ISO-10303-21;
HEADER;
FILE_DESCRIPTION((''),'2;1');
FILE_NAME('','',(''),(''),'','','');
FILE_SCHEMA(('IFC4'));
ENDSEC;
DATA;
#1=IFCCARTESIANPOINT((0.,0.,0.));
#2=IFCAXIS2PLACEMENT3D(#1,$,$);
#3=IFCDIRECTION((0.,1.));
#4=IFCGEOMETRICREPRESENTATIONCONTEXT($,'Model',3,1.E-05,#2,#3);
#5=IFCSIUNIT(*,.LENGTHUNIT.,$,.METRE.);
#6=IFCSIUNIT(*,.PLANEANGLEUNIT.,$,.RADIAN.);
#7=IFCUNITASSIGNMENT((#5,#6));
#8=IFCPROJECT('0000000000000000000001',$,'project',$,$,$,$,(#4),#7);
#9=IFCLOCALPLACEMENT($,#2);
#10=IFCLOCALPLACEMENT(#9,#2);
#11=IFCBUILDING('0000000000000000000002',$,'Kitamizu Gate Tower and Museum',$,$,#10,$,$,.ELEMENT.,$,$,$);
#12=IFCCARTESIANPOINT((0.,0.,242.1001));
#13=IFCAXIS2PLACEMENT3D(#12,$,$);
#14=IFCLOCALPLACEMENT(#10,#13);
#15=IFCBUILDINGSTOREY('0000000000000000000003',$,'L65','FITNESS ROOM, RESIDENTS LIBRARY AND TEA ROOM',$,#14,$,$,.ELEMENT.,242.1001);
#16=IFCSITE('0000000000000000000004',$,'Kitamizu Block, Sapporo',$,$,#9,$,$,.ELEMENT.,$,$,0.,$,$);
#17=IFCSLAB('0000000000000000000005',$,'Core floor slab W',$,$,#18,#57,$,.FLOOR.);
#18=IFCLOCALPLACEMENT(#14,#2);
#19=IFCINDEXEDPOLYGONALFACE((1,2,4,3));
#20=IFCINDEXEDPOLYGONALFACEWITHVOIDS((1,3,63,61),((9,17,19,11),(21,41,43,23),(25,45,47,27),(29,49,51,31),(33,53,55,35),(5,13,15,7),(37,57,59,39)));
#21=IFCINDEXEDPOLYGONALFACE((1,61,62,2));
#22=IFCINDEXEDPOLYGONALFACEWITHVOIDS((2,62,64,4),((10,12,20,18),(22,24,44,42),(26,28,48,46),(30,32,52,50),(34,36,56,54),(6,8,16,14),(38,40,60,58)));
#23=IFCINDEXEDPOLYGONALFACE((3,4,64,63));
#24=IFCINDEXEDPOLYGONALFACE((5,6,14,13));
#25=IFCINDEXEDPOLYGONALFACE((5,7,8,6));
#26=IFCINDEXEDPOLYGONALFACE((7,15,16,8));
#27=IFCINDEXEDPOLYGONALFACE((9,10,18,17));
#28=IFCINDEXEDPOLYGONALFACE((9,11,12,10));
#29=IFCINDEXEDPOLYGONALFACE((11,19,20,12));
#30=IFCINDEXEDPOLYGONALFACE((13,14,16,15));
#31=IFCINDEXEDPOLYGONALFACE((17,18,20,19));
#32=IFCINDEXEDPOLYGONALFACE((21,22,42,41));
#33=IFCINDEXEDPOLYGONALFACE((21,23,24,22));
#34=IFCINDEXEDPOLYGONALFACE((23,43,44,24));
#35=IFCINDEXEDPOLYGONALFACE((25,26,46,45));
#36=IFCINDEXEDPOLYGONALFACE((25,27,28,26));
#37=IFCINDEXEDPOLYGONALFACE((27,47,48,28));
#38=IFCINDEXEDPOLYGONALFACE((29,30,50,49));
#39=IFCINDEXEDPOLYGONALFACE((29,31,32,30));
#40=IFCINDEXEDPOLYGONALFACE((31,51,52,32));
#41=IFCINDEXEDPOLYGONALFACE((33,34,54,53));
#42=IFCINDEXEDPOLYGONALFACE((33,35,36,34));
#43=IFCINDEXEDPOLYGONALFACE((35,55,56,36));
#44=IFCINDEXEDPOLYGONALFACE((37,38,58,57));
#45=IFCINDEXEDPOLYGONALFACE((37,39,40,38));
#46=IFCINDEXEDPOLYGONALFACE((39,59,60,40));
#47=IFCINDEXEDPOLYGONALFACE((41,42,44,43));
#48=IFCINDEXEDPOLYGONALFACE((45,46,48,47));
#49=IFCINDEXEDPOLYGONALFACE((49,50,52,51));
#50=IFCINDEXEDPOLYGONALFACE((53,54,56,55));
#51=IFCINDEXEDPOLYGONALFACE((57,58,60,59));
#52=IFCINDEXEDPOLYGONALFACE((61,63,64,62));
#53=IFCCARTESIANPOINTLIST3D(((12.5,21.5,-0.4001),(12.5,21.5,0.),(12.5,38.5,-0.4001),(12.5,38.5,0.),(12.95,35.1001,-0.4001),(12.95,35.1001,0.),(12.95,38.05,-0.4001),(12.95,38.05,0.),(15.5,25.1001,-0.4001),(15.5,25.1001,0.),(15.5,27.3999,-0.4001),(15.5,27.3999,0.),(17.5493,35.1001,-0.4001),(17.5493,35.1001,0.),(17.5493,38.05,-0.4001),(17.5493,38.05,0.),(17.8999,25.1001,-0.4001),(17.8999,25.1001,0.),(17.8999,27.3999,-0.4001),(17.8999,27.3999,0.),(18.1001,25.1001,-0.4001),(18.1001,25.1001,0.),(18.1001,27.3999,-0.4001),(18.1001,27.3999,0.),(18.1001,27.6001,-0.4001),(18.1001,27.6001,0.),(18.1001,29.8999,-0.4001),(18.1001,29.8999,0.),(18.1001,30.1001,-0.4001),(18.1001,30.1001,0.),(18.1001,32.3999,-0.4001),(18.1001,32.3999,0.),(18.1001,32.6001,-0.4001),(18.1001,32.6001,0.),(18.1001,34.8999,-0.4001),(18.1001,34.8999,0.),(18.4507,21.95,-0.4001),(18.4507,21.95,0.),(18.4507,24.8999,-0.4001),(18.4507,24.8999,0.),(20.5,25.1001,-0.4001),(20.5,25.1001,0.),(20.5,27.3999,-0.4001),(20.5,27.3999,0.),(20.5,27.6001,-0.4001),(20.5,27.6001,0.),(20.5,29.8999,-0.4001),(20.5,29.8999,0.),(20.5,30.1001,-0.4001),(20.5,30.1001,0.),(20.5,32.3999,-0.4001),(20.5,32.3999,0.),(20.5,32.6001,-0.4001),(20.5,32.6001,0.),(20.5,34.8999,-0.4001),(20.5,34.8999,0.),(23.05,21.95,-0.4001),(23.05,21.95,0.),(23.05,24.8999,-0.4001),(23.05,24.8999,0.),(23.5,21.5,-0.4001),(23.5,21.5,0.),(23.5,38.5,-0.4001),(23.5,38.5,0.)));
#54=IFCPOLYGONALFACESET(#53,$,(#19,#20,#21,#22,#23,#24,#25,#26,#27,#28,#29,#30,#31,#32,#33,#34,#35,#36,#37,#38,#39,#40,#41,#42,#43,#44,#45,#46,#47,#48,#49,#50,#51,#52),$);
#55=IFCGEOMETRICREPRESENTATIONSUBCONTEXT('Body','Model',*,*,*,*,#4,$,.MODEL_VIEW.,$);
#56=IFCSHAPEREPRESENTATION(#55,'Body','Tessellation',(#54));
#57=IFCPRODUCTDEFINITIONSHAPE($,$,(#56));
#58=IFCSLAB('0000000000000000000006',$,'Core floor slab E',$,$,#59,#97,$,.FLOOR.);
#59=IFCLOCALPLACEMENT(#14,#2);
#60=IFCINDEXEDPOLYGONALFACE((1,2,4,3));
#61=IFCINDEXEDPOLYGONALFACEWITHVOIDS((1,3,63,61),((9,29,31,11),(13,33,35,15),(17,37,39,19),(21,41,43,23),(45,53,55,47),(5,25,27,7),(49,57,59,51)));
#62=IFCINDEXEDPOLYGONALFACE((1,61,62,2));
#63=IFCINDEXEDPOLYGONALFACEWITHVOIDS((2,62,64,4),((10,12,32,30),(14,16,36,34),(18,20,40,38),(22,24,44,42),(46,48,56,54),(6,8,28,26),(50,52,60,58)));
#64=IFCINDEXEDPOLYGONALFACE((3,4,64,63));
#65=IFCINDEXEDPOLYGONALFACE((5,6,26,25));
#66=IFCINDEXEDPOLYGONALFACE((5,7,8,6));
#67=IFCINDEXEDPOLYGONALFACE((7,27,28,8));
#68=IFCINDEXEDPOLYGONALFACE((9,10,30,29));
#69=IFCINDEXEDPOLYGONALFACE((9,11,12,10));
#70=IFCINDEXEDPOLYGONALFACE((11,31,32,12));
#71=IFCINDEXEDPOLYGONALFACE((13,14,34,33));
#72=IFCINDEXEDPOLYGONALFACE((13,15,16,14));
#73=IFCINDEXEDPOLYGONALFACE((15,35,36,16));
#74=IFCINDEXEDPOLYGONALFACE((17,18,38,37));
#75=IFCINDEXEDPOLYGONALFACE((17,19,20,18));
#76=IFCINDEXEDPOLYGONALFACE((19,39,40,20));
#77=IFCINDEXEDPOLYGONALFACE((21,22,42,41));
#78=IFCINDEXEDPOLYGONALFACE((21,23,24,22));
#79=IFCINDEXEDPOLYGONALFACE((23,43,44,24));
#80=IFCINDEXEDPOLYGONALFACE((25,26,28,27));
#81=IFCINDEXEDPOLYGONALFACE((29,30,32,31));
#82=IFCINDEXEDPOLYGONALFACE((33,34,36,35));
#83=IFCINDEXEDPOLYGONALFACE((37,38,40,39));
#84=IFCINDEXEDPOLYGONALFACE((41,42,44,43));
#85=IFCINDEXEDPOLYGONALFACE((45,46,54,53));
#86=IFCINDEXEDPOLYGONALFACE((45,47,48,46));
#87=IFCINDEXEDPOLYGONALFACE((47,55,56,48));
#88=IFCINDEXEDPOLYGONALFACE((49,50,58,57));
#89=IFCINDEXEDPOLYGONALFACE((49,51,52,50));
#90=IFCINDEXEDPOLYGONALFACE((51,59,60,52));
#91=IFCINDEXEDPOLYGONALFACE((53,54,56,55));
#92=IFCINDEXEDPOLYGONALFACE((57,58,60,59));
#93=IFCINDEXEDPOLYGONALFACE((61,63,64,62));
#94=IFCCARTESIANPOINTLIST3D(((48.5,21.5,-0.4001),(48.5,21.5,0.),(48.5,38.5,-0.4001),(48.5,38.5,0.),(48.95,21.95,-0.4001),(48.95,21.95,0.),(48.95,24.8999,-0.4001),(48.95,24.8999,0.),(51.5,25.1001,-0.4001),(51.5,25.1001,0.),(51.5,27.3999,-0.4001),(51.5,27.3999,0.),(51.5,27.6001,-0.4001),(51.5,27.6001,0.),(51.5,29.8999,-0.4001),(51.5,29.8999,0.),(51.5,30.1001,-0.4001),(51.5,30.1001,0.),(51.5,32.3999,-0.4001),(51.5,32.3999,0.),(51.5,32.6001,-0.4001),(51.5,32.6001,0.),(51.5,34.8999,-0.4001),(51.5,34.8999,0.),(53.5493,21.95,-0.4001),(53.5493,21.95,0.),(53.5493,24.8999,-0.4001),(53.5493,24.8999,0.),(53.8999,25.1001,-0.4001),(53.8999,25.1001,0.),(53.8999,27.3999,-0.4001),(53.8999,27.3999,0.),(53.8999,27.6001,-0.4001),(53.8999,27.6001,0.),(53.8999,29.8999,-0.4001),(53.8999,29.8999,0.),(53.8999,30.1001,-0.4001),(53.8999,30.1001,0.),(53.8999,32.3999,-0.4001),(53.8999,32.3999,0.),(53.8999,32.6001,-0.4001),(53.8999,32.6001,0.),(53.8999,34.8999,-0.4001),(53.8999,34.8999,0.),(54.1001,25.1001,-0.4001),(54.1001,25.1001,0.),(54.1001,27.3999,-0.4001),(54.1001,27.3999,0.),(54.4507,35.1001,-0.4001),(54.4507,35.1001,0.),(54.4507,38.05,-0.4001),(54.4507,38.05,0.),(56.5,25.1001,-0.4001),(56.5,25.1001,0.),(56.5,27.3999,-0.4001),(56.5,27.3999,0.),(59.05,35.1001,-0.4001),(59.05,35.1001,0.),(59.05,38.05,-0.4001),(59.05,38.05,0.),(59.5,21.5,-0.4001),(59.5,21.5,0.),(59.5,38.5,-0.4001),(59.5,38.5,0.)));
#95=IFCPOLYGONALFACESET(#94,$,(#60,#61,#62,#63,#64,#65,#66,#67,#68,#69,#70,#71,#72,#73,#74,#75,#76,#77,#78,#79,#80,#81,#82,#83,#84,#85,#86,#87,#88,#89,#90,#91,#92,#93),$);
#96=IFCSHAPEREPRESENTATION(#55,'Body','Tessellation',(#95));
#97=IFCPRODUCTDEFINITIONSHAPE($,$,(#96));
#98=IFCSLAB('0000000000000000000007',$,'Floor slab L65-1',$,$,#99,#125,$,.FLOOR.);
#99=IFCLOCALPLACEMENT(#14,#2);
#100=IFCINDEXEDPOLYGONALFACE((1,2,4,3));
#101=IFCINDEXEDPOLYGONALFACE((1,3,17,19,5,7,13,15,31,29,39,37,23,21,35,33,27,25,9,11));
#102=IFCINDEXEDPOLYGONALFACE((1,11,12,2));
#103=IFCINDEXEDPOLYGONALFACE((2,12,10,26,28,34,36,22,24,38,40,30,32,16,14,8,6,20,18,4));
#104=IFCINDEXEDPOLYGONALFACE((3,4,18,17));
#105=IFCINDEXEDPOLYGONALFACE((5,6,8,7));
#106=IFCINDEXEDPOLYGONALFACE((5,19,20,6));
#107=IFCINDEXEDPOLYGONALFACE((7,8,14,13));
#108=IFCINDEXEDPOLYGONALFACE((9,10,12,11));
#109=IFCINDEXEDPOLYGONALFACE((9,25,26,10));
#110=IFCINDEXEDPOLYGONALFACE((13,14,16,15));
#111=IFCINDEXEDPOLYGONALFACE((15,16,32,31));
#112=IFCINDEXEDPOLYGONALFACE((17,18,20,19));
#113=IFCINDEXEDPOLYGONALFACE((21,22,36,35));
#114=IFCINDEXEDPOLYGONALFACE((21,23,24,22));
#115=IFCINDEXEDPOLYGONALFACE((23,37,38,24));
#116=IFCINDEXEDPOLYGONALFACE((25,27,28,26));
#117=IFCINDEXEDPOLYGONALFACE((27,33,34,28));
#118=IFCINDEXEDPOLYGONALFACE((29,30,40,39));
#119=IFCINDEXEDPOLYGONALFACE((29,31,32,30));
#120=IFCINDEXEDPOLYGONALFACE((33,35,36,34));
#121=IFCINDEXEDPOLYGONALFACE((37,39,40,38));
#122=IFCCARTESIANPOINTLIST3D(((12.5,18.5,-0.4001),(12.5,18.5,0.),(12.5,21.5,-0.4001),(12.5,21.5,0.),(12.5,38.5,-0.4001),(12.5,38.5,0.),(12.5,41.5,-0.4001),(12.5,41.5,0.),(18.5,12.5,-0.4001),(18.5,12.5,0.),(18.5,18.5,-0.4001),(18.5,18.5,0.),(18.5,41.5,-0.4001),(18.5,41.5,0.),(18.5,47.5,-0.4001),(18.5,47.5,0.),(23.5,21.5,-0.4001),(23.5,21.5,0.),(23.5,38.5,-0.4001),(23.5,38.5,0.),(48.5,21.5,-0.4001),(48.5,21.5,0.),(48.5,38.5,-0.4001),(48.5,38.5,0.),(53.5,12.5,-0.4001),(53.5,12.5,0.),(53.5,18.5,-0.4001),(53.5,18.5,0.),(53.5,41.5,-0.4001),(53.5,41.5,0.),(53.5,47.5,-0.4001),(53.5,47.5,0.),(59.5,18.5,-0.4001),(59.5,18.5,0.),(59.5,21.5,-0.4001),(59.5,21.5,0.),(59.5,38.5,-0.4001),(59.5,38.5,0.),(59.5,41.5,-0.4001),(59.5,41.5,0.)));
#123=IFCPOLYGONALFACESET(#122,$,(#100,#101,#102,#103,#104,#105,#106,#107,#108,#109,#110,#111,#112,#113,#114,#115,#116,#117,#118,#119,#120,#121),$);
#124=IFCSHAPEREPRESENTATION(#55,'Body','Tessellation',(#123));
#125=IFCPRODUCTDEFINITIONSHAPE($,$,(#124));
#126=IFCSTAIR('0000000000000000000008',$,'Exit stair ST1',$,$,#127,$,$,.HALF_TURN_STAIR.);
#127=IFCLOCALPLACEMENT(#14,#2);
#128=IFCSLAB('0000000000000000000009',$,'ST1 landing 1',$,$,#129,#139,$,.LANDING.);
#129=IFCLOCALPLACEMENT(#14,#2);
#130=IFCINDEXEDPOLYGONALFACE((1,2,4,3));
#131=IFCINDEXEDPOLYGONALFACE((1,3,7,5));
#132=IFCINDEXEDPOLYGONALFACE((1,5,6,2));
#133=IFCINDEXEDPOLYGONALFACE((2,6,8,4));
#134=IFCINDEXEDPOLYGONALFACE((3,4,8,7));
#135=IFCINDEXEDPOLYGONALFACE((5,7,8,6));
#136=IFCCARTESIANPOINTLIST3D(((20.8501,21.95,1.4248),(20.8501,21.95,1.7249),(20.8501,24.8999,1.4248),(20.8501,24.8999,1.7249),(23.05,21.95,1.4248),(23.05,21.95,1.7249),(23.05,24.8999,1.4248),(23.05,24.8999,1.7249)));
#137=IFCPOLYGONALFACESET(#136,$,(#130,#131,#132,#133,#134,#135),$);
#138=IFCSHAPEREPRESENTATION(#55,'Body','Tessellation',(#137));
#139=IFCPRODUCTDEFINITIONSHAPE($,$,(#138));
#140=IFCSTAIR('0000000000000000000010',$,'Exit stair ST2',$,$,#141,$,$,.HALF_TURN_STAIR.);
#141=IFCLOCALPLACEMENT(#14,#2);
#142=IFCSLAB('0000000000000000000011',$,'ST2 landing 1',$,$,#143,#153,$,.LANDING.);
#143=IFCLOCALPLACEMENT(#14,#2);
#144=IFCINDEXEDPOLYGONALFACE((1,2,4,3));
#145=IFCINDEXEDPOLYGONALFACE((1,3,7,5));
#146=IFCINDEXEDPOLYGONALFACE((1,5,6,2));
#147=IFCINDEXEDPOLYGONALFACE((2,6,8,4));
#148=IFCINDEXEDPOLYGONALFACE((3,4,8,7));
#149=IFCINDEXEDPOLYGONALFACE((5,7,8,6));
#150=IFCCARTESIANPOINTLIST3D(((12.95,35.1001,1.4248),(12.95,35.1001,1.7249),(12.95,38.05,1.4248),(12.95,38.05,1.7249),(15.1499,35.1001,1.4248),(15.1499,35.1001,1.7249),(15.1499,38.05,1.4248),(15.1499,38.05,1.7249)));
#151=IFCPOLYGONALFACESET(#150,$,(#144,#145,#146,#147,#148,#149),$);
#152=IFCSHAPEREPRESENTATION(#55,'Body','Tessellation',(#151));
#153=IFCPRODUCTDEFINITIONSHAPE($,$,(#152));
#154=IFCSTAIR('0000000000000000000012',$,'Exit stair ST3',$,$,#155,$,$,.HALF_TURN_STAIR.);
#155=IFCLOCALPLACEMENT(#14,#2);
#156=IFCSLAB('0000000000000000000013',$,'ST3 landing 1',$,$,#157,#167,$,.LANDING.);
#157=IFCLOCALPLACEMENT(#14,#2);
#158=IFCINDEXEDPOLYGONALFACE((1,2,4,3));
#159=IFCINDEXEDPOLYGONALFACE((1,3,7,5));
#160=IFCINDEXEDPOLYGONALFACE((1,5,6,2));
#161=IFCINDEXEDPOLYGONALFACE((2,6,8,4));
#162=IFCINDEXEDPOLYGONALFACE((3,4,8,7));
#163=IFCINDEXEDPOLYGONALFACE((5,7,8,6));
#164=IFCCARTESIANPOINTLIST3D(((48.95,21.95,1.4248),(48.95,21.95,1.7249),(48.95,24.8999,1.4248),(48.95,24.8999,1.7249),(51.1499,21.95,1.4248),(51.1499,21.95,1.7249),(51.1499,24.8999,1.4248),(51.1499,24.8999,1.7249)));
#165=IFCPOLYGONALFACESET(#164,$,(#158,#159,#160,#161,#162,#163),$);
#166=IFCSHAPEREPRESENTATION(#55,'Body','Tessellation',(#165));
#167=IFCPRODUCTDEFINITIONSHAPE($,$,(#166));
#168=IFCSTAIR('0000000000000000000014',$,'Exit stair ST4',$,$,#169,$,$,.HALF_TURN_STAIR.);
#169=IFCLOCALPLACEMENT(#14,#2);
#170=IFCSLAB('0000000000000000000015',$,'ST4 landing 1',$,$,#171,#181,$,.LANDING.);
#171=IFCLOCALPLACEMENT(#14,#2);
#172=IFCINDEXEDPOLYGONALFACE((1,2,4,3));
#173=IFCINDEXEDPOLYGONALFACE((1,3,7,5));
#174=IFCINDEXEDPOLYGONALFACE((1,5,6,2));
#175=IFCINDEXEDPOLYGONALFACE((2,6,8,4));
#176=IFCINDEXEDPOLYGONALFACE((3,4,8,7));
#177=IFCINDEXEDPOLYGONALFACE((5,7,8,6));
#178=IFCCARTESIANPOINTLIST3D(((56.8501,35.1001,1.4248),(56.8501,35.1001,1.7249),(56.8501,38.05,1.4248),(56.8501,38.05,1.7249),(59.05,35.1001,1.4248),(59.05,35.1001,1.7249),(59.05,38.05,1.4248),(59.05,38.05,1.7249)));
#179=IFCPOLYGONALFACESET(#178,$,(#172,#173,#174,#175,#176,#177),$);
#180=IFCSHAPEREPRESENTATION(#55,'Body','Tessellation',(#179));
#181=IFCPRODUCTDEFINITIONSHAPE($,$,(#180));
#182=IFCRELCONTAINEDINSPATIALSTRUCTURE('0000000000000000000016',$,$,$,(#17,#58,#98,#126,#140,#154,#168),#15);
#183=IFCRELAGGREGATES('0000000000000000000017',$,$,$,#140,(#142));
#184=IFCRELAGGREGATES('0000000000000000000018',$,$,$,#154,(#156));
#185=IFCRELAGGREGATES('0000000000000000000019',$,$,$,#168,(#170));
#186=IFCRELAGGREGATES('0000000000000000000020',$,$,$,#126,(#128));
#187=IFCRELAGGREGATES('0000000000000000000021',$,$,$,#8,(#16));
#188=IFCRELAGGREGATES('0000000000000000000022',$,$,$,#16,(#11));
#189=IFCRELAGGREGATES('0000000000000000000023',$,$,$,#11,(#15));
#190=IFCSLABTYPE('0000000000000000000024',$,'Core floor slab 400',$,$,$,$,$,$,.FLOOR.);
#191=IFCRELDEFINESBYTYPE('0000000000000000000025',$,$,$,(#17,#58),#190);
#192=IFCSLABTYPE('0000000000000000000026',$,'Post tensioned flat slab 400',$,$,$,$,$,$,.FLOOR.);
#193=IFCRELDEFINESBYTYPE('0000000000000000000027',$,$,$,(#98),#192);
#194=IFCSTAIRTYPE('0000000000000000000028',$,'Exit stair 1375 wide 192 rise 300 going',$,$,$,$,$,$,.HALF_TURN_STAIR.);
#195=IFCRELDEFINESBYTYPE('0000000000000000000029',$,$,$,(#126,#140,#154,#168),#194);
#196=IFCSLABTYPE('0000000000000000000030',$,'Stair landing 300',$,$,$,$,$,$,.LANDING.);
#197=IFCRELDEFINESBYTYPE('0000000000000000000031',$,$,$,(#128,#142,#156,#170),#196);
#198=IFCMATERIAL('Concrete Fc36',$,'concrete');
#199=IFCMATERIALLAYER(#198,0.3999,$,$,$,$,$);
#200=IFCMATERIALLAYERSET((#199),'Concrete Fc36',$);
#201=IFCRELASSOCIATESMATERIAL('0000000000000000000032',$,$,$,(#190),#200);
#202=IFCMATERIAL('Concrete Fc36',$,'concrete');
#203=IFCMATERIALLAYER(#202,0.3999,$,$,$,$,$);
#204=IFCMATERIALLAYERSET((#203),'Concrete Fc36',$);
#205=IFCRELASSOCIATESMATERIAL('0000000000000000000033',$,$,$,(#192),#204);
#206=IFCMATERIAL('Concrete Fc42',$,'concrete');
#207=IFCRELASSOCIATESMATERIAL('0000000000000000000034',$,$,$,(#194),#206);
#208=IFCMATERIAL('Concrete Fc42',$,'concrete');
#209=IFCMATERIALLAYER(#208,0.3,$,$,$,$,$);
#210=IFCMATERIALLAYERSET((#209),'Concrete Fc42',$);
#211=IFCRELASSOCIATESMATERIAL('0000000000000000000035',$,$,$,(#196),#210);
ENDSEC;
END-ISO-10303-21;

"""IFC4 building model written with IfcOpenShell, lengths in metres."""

from ifc_helpers import new_model, si_unit, direction, frame, origin, place, context, subcontext, project, spatial, polyline, outline, extrude, material, layer, layer_set, type_object, element, aggregate, save


model = new_model("IFC4")

# Units and contexts
model_context = context("Model", 3, precision=1e-05, world=origin(), true_north=direction((0.0, 1.0)))
body_context = subcontext(model_context, "Body", "Model", "MODEL_VIEW")
ifc_project = project(units=[si_unit("LENGTHUNIT", "METRE"), si_unit("PLANEANGLEUNIT", "RADIAN")], contexts=[model_context])

# Site, building, storey
site_placement = place(None, origin())
site = spatial("IfcSite", under=ifc_project, at=site_placement, Name="Kitamizu Block, Sapporo", CompositionType="ELEMENT", RefElevation=0.0)
building_placement = place(site_placement, origin())
building = spatial("IfcBuilding", under=site, at=building_placement, Name="Kitamizu Gate Tower and Museum", CompositionType="ELEMENT")
storey_placement = place(building_placement, frame((0.0, 0.0, 242.1001)))
storey = spatial("IfcBuildingStorey", under=building, at=storey_placement, Name="L65", Description="FITNESS ROOM, RESIDENTS LIBRARY AND TEA ROOM", CompositionType="ELEMENT", Elevation=242.1001)

# Slabs
ifc_material_1 = material(Name="Concrete Fc36", Category="concrete")
ifc_layer_1 = layer(ifc_material_1, 0.3999)
ifc_layer_set_1 = layer_set([ifc_layer_1], Name="Concrete Fc36")
slab_type_1 = type_object("IfcSlabType", Name="Core floor slab 400", PredefinedType="FLOOR", material=ifc_layer_set_1)
slab_1_placement = place(storey_placement, frame((0.0, 0.0, -0.4001)))
element("IfcSlab", 1, at=slab_1_placement, inside=storey, type_object=slab_type_1, Name="Core floor slab W", PredefinedType="FLOOR", context=body_context, shape_type="SweptSolid", body=[
    extrude(outline(polyline([(12.5, 21.5), (23.5, 21.5), (23.5, 38.5), (12.5, 38.5), (12.5, 21.5)]), holes=[polyline([(15.5, 25.1001), (17.8999, 25.1001), (17.8999, 27.3999), (15.5, 27.3999), (15.5, 25.1001)]), polyline([(18.1001, 25.1001), (20.5, 25.1001), (20.5, 27.3999), (18.1001, 27.3999), (18.1001, 25.1001)]), polyline([(18.1001, 27.6001), (20.5, 27.6001), (20.5, 29.8999), (18.1001, 29.8999), (18.1001, 27.6001)]), polyline([(18.1001, 30.1001), (20.5, 30.1001), (20.5, 32.3999), (18.1001, 32.3999), (18.1001, 30.1001)]), polyline([(18.1001, 32.6001), (20.5, 32.6001), (20.5, 34.8999), (18.1001, 34.8999), (18.1001, 32.6001)]), polyline([(18.4507, 21.95), (23.05, 21.95), (23.05, 24.8999), (18.4507, 24.8999), (18.4507, 21.95)]), polyline([(12.95, 35.1001), (17.5493, 35.1001), (17.5493, 38.05), (12.95, 38.05), (12.95, 35.1001)])]), origin(), (0.0, 0.0, 1.0), 0.4001),
])
slab_2_placement = place(storey_placement, frame((0.0, 0.0, -0.4001)))
element("IfcSlab", 2, at=slab_2_placement, inside=storey, type_object=slab_type_1, Name="Core floor slab E", PredefinedType="FLOOR", context=body_context, shape_type="SweptSolid", body=[
    extrude(outline(polyline([(48.5, 21.5), (59.5, 21.5), (59.5, 38.5), (48.5, 38.5), (48.5, 21.5)]), holes=[polyline([(54.1001, 25.1001), (56.5, 25.1001), (56.5, 27.3999), (54.1001, 27.3999), (54.1001, 25.1001)]), polyline([(51.5, 25.1001), (53.8999, 25.1001), (53.8999, 27.3999), (51.5, 27.3999), (51.5, 25.1001)]), polyline([(51.5, 27.6001), (53.8999, 27.6001), (53.8999, 29.8999), (51.5, 29.8999), (51.5, 27.6001)]), polyline([(51.5, 30.1001), (53.8999, 30.1001), (53.8999, 32.3999), (51.5, 32.3999), (51.5, 30.1001)]), polyline([(51.5, 32.6001), (53.8999, 32.6001), (53.8999, 34.8999), (51.5, 34.8999), (51.5, 32.6001)]), polyline([(48.95, 21.95), (53.5493, 21.95), (53.5493, 24.8999), (48.95, 24.8999), (48.95, 21.95)]), polyline([(54.4507, 35.1001), (59.05, 35.1001), (59.05, 38.05), (54.4507, 38.05), (54.4507, 35.1001)])]), origin(), (0.0, 0.0, 1.0), 0.4001),
])
ifc_material_2 = material(Name="Concrete Fc36", Category="concrete")
ifc_layer_2 = layer(ifc_material_2, 0.3999)
ifc_layer_set_2 = layer_set([ifc_layer_2], Name="Concrete Fc36")
slab_type_2 = type_object("IfcSlabType", Name="Post tensioned flat slab 400", PredefinedType="FLOOR", material=ifc_layer_set_2)
slab_3_placement = place(storey_placement, frame((0.0, 0.0, -0.4001)))
element("IfcSlab", 3, at=slab_3_placement, inside=storey, type_object=slab_type_2, Name="Floor slab L65-1", PredefinedType="FLOOR", context=body_context, shape_type="SweptSolid", body=[
    extrude(outline(polyline([(12.5, 18.5), (12.5, 21.5), (23.5, 21.5), (23.5, 38.5), (12.5, 38.5), (12.5, 41.5), (18.5, 41.5), (18.5, 47.5), (53.5, 47.5), (53.5, 41.5), (59.5, 41.5), (59.5, 38.5), (48.5, 38.5), (48.5, 21.5), (59.5, 21.5), (59.5, 18.5), (53.5, 18.5), (53.5, 12.5), (18.5, 12.5), (18.5, 18.5), (12.5, 18.5)])), origin(), (0.0, 0.0, 1.0), 0.4001),
])

# Stairs, slabs
ifc_material_3 = material(Name="Concrete Fc42", Category="concrete")
stair_type = type_object("IfcStairType", Name="Exit stair 1375 wide 192 rise 300 going", PredefinedType="HALF_TURN_STAIR", material=ifc_material_3)
stair_1_placement = place(storey_placement, origin())
stair_1 = element("IfcStair", 4, at=stair_1_placement, inside=storey, type_object=stair_type, Name="Exit stair ST1", PredefinedType="HALF_TURN_STAIR")
ifc_material_4 = material(Name="Concrete Fc42", Category="concrete")
ifc_layer_3 = layer(ifc_material_4, 0.3)
ifc_layer_set_3 = layer_set([ifc_layer_3], Name="Concrete Fc42")
slab_type_3 = type_object("IfcSlabType", Name="Stair landing 300", PredefinedType="LANDING", material=ifc_layer_set_3)
slab_4_placement = place(storey_placement, frame((0.0, 0.0, 1.4248)))
slab_4 = element("IfcSlab", 5, at=slab_4_placement, type_object=slab_type_3, Name="ST1 landing 1", PredefinedType="LANDING", context=body_context, shape_type="SweptSolid", body=[
    extrude(outline(polyline([(20.8501, 21.95), (23.05, 21.95), (23.05, 24.8999), (20.8501, 24.8999), (20.8501, 21.95)])), origin(), (0.0, 0.0, 1.0), 0.3),
])
stair_2_placement = place(storey_placement, origin())
stair_2 = element("IfcStair", 6, at=stair_2_placement, inside=storey, type_object=stair_type, Name="Exit stair ST2", PredefinedType="HALF_TURN_STAIR")
slab_5_placement = place(storey_placement, frame((0.0, 0.0, 1.4248)))
slab_5 = element("IfcSlab", 7, at=slab_5_placement, type_object=slab_type_3, Name="ST2 landing 1", PredefinedType="LANDING", context=body_context, shape_type="SweptSolid", body=[
    extrude(outline(polyline([(12.95, 35.1001), (15.1499, 35.1001), (15.1499, 38.05), (12.95, 38.05), (12.95, 35.1001)])), origin(), (0.0, 0.0, 1.0), 0.3),
])
aggregate(stair_2, [slab_5])
stair_3_placement = place(storey_placement, origin())
stair_3 = element("IfcStair", 8, at=stair_3_placement, inside=storey, type_object=stair_type, Name="Exit stair ST3", PredefinedType="HALF_TURN_STAIR")
slab_6_placement = place(storey_placement, frame((0.0, 0.0, 1.4248)))
slab_6 = element("IfcSlab", 9, at=slab_6_placement, type_object=slab_type_3, Name="ST3 landing 1", PredefinedType="LANDING", context=body_context, shape_type="SweptSolid", body=[
    extrude(outline(polyline([(48.95, 21.95), (51.1499, 21.95), (51.1499, 24.8999), (48.95, 24.8999), (48.95, 21.95)])), origin(), (0.0, 0.0, 1.0), 0.3),
])
aggregate(stair_3, [slab_6])
stair_4_placement = place(storey_placement, origin())
stair_4 = element("IfcStair", 10, at=stair_4_placement, inside=storey, type_object=stair_type, Name="Exit stair ST4", PredefinedType="HALF_TURN_STAIR")
slab_7_placement = place(storey_placement, frame((0.0, 0.0, 1.4248)))
slab_7 = element("IfcSlab", 11, at=slab_7_placement, type_object=slab_type_3, Name="ST4 landing 1", PredefinedType="LANDING", context=body_context, shape_type="SweptSolid", body=[
    extrude(outline(polyline([(56.8501, 35.1001), (59.05, 35.1001), (59.05, 38.05), (56.8501, 38.05), (56.8501, 35.1001)])), origin(), (0.0, 0.0, 1.0), 0.3),
])
aggregate(stair_4, [slab_7])

aggregate(stair_1, [slab_4])

save(model, "model.ifc")
